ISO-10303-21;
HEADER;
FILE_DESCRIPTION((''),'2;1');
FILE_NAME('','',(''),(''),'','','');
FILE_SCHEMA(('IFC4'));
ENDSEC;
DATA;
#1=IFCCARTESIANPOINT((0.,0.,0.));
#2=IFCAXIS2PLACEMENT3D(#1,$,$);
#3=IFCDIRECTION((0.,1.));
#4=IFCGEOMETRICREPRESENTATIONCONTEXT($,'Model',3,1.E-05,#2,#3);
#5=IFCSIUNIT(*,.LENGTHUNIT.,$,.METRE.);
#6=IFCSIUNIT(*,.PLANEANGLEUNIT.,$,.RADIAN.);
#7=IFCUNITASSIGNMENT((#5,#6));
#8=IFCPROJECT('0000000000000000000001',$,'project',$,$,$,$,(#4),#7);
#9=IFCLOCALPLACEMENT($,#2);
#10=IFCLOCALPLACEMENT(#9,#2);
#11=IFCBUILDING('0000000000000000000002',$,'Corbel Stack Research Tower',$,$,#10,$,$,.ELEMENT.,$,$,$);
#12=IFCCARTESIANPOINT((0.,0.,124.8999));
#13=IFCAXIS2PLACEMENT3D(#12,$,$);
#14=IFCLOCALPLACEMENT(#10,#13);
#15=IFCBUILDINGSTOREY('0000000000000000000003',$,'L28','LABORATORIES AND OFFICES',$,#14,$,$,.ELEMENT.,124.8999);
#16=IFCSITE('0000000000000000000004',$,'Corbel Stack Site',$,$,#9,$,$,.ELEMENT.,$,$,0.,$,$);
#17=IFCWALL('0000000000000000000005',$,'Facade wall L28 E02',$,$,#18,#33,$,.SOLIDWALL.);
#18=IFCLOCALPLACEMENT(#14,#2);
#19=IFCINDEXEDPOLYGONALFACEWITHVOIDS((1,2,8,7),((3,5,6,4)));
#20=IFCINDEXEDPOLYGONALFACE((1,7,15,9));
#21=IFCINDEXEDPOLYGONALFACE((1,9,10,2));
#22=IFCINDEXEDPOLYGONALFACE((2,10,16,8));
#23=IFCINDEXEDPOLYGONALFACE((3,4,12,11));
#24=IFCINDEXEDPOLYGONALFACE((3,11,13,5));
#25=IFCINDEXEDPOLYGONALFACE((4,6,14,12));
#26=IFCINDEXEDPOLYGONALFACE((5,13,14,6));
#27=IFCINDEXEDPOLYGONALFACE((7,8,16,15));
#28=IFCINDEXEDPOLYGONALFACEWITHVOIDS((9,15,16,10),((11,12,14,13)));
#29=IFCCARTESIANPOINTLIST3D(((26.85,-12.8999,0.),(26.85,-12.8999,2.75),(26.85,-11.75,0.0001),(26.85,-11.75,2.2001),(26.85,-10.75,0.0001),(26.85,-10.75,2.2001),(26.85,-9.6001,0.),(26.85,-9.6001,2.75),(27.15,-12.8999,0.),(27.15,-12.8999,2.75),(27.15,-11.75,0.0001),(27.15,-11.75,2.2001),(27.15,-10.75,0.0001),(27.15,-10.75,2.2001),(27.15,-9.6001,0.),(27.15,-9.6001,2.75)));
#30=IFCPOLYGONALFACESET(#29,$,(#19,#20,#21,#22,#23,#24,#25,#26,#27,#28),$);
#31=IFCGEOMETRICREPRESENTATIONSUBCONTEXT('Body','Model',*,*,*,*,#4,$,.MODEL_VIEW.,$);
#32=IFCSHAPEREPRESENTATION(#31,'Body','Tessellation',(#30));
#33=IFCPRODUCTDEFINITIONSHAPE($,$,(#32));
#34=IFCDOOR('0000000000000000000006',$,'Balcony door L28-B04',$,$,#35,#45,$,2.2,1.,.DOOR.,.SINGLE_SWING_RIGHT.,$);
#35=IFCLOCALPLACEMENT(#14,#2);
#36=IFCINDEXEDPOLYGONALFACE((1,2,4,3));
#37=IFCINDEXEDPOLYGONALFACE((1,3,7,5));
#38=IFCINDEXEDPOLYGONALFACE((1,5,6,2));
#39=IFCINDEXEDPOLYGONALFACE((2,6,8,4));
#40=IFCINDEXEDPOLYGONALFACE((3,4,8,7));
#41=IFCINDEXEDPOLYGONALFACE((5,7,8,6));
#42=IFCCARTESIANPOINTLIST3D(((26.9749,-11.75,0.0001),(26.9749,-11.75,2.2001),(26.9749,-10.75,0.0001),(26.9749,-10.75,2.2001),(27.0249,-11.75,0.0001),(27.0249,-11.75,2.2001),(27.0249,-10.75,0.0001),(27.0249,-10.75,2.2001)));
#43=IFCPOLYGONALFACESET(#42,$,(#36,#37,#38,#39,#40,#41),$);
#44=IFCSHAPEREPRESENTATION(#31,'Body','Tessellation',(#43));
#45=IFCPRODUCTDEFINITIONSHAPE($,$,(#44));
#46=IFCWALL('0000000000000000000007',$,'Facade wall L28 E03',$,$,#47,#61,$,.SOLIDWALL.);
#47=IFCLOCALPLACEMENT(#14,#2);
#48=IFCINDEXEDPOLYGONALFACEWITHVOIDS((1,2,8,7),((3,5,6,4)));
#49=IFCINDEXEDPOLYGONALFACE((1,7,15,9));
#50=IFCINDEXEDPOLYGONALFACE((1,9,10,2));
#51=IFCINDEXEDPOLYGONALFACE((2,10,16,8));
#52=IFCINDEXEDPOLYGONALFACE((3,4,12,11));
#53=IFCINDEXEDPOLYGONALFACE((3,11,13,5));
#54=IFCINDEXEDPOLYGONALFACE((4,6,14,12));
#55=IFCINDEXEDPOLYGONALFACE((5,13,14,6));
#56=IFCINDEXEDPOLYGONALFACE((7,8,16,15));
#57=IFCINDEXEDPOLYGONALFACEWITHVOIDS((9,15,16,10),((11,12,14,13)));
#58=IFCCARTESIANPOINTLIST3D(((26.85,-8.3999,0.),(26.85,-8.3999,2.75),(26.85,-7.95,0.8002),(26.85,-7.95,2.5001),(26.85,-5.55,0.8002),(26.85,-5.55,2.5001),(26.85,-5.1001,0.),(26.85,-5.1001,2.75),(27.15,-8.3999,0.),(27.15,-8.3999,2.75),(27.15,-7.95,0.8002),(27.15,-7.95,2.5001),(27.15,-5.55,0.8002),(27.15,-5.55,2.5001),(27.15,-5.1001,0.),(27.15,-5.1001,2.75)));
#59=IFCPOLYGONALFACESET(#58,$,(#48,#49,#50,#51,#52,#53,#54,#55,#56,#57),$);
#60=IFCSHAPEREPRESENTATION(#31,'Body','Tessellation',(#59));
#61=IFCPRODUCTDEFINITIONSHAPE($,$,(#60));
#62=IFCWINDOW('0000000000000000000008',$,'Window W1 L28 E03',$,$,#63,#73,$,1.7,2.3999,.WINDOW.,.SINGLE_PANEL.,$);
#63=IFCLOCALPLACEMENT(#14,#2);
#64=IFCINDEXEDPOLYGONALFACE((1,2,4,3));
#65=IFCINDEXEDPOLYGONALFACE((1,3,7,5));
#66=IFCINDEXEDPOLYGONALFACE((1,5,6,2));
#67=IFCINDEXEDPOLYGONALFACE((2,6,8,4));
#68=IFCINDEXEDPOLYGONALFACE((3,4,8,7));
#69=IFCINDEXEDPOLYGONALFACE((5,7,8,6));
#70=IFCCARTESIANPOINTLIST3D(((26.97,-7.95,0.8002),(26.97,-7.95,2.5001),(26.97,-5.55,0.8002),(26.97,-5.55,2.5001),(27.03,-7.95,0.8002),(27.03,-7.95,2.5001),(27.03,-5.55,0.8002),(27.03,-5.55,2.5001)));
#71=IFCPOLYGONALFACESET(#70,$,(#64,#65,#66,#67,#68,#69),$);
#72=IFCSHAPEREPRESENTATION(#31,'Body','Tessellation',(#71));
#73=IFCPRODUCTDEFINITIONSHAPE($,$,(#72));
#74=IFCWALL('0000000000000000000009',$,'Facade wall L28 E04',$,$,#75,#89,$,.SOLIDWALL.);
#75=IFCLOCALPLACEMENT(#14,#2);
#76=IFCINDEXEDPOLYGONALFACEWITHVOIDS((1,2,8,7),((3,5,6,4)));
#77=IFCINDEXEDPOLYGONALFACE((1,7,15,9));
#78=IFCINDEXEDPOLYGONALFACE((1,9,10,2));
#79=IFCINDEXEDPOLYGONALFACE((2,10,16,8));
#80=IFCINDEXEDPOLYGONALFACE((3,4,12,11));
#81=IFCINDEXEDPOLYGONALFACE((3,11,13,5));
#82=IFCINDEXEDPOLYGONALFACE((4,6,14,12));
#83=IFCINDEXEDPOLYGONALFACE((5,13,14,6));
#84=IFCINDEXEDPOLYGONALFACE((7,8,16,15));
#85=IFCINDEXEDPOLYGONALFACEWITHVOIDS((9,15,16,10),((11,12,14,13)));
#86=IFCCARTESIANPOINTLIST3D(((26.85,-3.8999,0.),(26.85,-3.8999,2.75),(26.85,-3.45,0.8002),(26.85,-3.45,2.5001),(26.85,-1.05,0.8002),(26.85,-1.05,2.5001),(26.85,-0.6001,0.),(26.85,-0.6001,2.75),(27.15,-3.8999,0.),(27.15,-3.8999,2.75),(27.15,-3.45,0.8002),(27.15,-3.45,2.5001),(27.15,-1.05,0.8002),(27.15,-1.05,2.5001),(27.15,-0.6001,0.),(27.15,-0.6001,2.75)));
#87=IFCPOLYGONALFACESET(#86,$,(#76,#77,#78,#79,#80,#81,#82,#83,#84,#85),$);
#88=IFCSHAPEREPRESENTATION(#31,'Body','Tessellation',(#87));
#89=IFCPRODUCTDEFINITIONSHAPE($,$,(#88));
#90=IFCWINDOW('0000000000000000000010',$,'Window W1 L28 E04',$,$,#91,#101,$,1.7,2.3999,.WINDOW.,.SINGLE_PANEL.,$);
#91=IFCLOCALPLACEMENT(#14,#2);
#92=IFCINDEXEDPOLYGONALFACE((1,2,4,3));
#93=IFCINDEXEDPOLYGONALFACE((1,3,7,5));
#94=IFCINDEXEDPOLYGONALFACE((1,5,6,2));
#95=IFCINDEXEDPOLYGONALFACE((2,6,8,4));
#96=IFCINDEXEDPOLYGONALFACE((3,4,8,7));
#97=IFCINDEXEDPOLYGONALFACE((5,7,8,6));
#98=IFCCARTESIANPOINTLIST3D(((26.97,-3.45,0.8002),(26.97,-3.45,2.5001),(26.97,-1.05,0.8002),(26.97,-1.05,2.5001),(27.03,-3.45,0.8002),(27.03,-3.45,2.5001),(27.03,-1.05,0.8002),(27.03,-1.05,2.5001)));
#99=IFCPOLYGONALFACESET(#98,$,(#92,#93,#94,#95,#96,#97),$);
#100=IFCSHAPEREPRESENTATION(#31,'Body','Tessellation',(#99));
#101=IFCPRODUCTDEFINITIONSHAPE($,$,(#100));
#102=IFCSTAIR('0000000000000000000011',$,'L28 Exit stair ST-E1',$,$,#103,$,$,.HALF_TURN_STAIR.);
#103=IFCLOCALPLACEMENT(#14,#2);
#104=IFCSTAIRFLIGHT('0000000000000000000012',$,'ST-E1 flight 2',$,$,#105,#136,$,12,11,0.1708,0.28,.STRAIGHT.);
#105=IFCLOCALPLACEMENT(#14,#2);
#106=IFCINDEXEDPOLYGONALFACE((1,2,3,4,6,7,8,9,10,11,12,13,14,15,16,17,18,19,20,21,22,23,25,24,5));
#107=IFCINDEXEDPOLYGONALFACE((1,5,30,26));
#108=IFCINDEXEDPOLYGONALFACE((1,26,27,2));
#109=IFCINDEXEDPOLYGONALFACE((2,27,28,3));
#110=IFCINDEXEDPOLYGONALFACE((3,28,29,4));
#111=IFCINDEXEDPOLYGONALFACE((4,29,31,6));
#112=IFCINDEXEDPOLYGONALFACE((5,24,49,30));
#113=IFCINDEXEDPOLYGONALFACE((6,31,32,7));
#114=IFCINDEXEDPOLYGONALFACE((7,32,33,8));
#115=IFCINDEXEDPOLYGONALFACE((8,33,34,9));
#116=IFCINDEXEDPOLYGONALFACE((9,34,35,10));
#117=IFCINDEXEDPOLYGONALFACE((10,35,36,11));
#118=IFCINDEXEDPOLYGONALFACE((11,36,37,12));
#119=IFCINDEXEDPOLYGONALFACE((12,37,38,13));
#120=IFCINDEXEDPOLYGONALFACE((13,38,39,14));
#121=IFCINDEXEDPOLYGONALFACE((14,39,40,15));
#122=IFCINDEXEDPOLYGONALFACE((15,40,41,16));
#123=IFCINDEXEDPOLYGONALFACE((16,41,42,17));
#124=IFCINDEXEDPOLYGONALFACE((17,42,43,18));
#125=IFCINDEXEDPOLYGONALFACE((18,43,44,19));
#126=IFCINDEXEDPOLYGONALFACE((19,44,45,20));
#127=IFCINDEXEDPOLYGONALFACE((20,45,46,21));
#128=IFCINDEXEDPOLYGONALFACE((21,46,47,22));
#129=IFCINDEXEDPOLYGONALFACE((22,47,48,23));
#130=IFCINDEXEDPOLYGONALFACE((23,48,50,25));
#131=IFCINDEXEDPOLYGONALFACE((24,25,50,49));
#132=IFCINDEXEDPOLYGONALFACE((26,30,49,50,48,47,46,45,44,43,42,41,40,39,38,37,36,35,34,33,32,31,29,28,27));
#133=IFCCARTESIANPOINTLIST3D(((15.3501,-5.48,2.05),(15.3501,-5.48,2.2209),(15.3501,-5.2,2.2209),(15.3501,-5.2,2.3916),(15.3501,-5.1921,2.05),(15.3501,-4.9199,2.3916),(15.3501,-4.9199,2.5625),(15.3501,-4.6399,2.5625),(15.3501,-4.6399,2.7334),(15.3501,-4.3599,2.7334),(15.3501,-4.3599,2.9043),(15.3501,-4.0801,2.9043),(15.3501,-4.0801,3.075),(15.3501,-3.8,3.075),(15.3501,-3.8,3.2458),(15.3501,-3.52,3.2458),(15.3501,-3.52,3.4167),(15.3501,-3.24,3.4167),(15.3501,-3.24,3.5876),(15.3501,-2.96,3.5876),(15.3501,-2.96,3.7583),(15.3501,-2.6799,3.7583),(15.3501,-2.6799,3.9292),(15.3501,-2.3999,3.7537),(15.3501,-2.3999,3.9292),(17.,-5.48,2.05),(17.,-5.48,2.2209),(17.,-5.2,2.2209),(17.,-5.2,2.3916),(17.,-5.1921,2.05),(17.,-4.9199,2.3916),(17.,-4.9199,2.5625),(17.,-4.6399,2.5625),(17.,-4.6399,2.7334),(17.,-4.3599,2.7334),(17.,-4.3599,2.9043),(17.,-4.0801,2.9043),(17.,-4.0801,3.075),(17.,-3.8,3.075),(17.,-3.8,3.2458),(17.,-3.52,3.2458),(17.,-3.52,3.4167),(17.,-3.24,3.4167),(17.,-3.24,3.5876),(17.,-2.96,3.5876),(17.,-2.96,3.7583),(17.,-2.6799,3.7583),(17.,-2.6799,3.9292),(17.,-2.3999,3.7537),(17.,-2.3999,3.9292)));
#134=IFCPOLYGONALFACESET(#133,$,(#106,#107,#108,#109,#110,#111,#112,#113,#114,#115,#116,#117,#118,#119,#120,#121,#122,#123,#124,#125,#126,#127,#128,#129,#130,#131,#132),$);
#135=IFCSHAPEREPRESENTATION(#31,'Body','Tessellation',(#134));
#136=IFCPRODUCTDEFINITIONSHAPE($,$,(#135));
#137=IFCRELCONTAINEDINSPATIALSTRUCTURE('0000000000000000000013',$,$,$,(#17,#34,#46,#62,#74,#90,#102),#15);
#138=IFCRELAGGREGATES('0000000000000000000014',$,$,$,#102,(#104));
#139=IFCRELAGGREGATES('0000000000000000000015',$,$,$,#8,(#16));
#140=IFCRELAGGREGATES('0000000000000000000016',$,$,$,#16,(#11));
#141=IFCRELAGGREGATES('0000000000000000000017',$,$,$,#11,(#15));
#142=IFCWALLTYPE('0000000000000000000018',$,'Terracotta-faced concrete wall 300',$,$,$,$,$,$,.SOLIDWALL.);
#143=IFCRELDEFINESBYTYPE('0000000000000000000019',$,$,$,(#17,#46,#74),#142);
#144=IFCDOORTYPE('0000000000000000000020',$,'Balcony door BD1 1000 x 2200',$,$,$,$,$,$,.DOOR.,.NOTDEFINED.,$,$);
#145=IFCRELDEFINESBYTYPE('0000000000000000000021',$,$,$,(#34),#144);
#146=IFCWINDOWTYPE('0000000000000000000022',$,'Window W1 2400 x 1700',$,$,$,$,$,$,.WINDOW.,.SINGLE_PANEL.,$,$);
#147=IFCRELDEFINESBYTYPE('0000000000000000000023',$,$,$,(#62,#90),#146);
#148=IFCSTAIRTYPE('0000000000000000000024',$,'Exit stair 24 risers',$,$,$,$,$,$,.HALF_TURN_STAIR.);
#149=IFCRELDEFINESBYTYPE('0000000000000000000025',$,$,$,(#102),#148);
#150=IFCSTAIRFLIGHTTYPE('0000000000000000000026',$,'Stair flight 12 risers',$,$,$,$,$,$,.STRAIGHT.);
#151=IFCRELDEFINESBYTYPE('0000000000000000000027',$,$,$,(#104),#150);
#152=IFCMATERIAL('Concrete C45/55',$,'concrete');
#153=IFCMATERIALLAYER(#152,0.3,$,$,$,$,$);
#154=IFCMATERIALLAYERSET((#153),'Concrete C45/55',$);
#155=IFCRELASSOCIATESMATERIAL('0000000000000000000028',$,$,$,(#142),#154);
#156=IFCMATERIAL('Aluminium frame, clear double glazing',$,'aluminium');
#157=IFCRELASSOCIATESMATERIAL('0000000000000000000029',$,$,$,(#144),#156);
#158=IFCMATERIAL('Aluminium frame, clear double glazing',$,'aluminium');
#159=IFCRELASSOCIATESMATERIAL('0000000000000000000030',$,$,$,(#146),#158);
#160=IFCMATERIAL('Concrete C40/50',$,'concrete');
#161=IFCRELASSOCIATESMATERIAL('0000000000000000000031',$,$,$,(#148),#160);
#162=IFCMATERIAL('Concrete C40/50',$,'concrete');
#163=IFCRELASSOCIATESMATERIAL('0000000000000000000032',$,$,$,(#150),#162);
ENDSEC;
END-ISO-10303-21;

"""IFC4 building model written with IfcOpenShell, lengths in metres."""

from ifc_helpers import new_model, si_unit, direction, frame, frame_2d, origin, place, context, subcontext, project, spatial, polyline, rectangle, outline, extrude, material, layer, layer_set, type_object, element, fill, aggregate, save


model = new_model("IFC4")

# Units and contexts
model_context = context("Model", 3, precision=1e-05, world=origin(), true_north=direction((0.0, 1.0)))
body_context = subcontext(model_context, "Body", "Model", "MODEL_VIEW")
ifc_project = project(units=[si_unit("LENGTHUNIT", "METRE"), si_unit("PLANEANGLEUNIT", "RADIAN")], contexts=[model_context])

# Site, building, storey
site_placement = place(None, origin())
site = spatial("IfcSite", under=ifc_project, at=site_placement, Name="Corbel Stack Site", CompositionType="ELEMENT", RefElevation=0.0)
building_placement = place(site_placement, origin())
building = spatial("IfcBuilding", under=site, at=building_placement, Name="Corbel Stack Research Tower", CompositionType="ELEMENT")
storey_placement = place(building_placement, frame((0.0, 0.0, 124.8999)))
storey = spatial("IfcBuildingStorey", under=building, at=storey_placement, Name="L28", Description="LABORATORIES AND OFFICES", CompositionType="ELEMENT", Elevation=124.8999)

# Wall, opening, door
ifc_material_1 = material(Name="Concrete C45/55", Category="concrete")
ifc_layer_1 = layer(ifc_material_1, 0.3)
ifc_layer_set_1 = layer_set([ifc_layer_1], Name="Concrete C45/55")
wall_type_1 = type_object("IfcWallType", Name="Terracotta-faced concrete wall 300", PredefinedType="SOLIDWALL", material=ifc_layer_set_1)
wall_1_placement = place(storey_placement, frame((27.0, -9.6001, 0.0), z_axis=(0.0, 0.0, 1.0), x_axis=(0.0, -1.0, 0.0)))
wall_1 = element("IfcWall", 1, at=wall_1_placement, inside=storey, type_object=wall_type_1, Name="Facade wall L28 E02", PredefinedType="SOLIDWALL", context=body_context, shape_type="SweptSolid", body=[
    extrude(rectangle(XDim=3.2998, YDim=0.3, at=frame_2d((1.6499, 0.0))), origin(), (0.0, 0.0, 1.0), 2.75),
])
opening_1_placement = place(wall_1_placement, frame((1.1499, 0.0, 0.0)))
opening_1 = element("IfcOpeningElement", 2, at=opening_1_placement, cuts=wall_1, PredefinedType="OPENING", context=body_context, shape_type="SweptSolid", body=[
    extrude(rectangle(XDim=1.0, YDim=2.2, at=frame_2d((0.5, 1.1001))), frame((0.0, 0.1599, 0.0), z_axis=(0.0, -1.0, 0.0), x_axis=(1.0, 0.0, 0.0)), (0.0, 0.0, 1.0), 0.3201),
])
ifc_material_2 = material(Name="Aluminium frame, clear double glazing", Category="aluminium")
door_type_1 = type_object("IfcDoorType", Name="Balcony door BD1 1000 x 2200", OperationType="NOTDEFINED", PredefinedType="DOOR", material=ifc_material_2)
door_1_placement = place(opening_1_placement, origin())
door_1 = element("IfcDoor", 3, at=door_1_placement, inside=storey, type_object=door_type_1, Name="Balcony door L28-B04", OperationType="SINGLE_SWING_RIGHT", OverallHeight=2.2, OverallWidth=1.0, PredefinedType="DOOR", context=body_context, shape_type="SweptSolid", body=[
    extrude(rectangle(XDim=1.0, YDim=2.2, at=frame_2d((0.5, 1.1001))), frame((0.0, 0.0249, 0.0), z_axis=(0.0, -1.0, 0.0), x_axis=(1.0, 0.0, 0.0)), (0.0, 0.0, 1.0), 0.05),
])
fill(opening_1, door_1)

# Walls, openings, windows
wall_2_placement = place(storey_placement, frame((27.0, -5.1001, 0.0), z_axis=(0.0, 0.0, 1.0), x_axis=(0.0, -1.0, 0.0)))
wall_2 = element("IfcWall", 4, at=wall_2_placement, inside=storey, type_object=wall_type_1, Name="Facade wall L28 E03", PredefinedType="SOLIDWALL", context=body_context, shape_type="SweptSolid", body=[
    extrude(rectangle(XDim=3.2998, YDim=0.3, at=frame_2d((1.6499, 0.0))), origin(), (0.0, 0.0, 1.0), 2.75),
])
opening_2_placement = place(wall_2_placement, frame((0.45, 0.0, 0.8)))
opening_2 = element("IfcOpeningElement", 5, at=opening_2_placement, cuts=wall_2, PredefinedType="OPENING", context=body_context, shape_type="SweptSolid", body=[
    extrude(rectangle(XDim=2.3999, YDim=1.7, at=frame_2d((1.2, 0.8501))), frame((0.0, 0.1599, 0.0), z_axis=(0.0, -1.0, 0.0), x_axis=(1.0, 0.0, 0.0)), (0.0, 0.0, 1.0), 0.3201),
])
ifc_material_3 = material(Name="Aluminium frame, clear double glazing", Category="aluminium")
window_type = type_object("IfcWindowType", Name="Window W1 2400 x 1700", PartitioningType="SINGLE_PANEL", PredefinedType="WINDOW", material=ifc_material_3)
window_1_placement = place(opening_2_placement, origin())
window_1 = element("IfcWindow", 6, at=window_1_placement, inside=storey, type_object=window_type, Name="Window W1 L28 E03", OverallHeight=1.7, OverallWidth=2.3999, PartitioningType="SINGLE_PANEL", PredefinedType="WINDOW", context=body_context, shape_type="SweptSolid", body=[
    extrude(rectangle(XDim=2.3999, YDim=1.7, at=frame_2d((1.2, 0.8501))), frame((0.0, 0.03, 0.0), z_axis=(0.0, -1.0, 0.0), x_axis=(1.0, 0.0, 0.0)), (0.0, 0.0, 1.0), 0.0601),
])
fill(opening_2, window_1)
wall_3_placement = place(storey_placement, frame((27.0, -0.6001, 0.0), z_axis=(0.0, 0.0, 1.0), x_axis=(0.0, -1.0, 0.0)))
wall_3 = element("IfcWall", 7, at=wall_3_placement, inside=storey, type_object=wall_type_1, Name="Facade wall L28 E04", PredefinedType="SOLIDWALL", context=body_context, shape_type="SweptSolid", body=[
    extrude(rectangle(XDim=3.2998, YDim=0.3, at=frame_2d((1.6499, 0.0))), origin(), (0.0, 0.0, 1.0), 2.75),
])
opening_3_placement = place(wall_3_placement, frame((0.45, 0.0, 0.8)))
opening_3 = element("IfcOpeningElement", 8, at=opening_3_placement, cuts=wall_3, PredefinedType="OPENING", context=body_context, shape_type="SweptSolid", body=[
    extrude(rectangle(XDim=2.3999, YDim=1.7, at=frame_2d((1.2, 0.8501))), frame((0.0, 0.1599, 0.0), z_axis=(0.0, -1.0, 0.0), x_axis=(1.0, 0.0, 0.0)), (0.0, 0.0, 1.0), 0.3201),
])
window_2_placement = place(opening_3_placement, origin())
window_2 = element("IfcWindow", 9, at=window_2_placement, inside=storey, type_object=window_type, Name="Window W1 L28 E04", OverallHeight=1.7, OverallWidth=2.3999, PartitioningType="SINGLE_PANEL", PredefinedType="WINDOW", context=body_context, shape_type="SweptSolid", body=[
    extrude(rectangle(XDim=2.3999, YDim=1.7, at=frame_2d((1.2, 0.8501))), frame((0.0, 0.03, 0.0), z_axis=(0.0, -1.0, 0.0), x_axis=(1.0, 0.0, 0.0)), (0.0, 0.0, 1.0), 0.0601),
])
fill(opening_3, window_2)

# Stair, stair flight
ifc_material_4 = material(Name="Concrete C40/50", Category="concrete")
stair_type = type_object("IfcStairType", Name="Exit stair 24 risers", PredefinedType="HALF_TURN_STAIR", material=ifc_material_4)
stair_placement = place(storey_placement, origin())
stair = element("IfcStair", 10, at=stair_placement, inside=storey, type_object=stair_type, Name="L28 Exit stair ST-E1", PredefinedType="HALF_TURN_STAIR")
ifc_material_5 = material(Name="Concrete C40/50", Category="concrete")
stair_flight_type = type_object("IfcStairFlightType", Name="Stair flight 12 risers", PredefinedType="STRAIGHT", material=ifc_material_5)
stair_flight_placement = place(storey_placement, frame((16.175, -5.48, 2.05), z_axis=(0.0, 0.0, 1.0), x_axis=(0.0, 1.0, 0.0)))
stair_flight = element("IfcStairFlight", 11, at=stair_flight_placement, type_object=stair_flight_type, Name="ST-E1 flight 2", NumberOfRisers=12, NumberOfTreads=11, PredefinedType="STRAIGHT", RiserHeight=0.1708, TreadLength=0.28, context=body_context, shape_type="SweptSolid", body=[
    extrude(outline(polyline([(0.0, 0.0), (0.0, 0.1709), (0.28, 0.1709), (0.28, 0.3416), (0.5601, 0.3416), (0.5601, 0.5125), (0.8401, 0.5125), (0.8401, 0.6833), (1.1201, 0.6833), (1.1201, 0.8542), (1.3999, 0.8542), (1.3999, 1.0249), (1.6799, 1.0249), (1.6799, 1.1958), (1.96, 1.1958), (1.96, 1.3667), (2.24, 1.3667), (2.24, 1.5376), (2.52, 1.5376), (2.52, 1.7083), (2.8, 1.7083), (2.8, 1.8792), (3.0801, 1.8792), (3.0801, 2.05), (3.0801, 1.7036), (0.2878, 0.0), (0.0, 0.0)])), frame((0.0, 0.825, 0.0), z_axis=(0.0, -1.0, 0.0), x_axis=(1.0, 0.0, 0.0)), (0.0, 0.0, 1.0), 1.6499),
])
aggregate(stair, [stair_flight])

save(model, "model.ifc")
